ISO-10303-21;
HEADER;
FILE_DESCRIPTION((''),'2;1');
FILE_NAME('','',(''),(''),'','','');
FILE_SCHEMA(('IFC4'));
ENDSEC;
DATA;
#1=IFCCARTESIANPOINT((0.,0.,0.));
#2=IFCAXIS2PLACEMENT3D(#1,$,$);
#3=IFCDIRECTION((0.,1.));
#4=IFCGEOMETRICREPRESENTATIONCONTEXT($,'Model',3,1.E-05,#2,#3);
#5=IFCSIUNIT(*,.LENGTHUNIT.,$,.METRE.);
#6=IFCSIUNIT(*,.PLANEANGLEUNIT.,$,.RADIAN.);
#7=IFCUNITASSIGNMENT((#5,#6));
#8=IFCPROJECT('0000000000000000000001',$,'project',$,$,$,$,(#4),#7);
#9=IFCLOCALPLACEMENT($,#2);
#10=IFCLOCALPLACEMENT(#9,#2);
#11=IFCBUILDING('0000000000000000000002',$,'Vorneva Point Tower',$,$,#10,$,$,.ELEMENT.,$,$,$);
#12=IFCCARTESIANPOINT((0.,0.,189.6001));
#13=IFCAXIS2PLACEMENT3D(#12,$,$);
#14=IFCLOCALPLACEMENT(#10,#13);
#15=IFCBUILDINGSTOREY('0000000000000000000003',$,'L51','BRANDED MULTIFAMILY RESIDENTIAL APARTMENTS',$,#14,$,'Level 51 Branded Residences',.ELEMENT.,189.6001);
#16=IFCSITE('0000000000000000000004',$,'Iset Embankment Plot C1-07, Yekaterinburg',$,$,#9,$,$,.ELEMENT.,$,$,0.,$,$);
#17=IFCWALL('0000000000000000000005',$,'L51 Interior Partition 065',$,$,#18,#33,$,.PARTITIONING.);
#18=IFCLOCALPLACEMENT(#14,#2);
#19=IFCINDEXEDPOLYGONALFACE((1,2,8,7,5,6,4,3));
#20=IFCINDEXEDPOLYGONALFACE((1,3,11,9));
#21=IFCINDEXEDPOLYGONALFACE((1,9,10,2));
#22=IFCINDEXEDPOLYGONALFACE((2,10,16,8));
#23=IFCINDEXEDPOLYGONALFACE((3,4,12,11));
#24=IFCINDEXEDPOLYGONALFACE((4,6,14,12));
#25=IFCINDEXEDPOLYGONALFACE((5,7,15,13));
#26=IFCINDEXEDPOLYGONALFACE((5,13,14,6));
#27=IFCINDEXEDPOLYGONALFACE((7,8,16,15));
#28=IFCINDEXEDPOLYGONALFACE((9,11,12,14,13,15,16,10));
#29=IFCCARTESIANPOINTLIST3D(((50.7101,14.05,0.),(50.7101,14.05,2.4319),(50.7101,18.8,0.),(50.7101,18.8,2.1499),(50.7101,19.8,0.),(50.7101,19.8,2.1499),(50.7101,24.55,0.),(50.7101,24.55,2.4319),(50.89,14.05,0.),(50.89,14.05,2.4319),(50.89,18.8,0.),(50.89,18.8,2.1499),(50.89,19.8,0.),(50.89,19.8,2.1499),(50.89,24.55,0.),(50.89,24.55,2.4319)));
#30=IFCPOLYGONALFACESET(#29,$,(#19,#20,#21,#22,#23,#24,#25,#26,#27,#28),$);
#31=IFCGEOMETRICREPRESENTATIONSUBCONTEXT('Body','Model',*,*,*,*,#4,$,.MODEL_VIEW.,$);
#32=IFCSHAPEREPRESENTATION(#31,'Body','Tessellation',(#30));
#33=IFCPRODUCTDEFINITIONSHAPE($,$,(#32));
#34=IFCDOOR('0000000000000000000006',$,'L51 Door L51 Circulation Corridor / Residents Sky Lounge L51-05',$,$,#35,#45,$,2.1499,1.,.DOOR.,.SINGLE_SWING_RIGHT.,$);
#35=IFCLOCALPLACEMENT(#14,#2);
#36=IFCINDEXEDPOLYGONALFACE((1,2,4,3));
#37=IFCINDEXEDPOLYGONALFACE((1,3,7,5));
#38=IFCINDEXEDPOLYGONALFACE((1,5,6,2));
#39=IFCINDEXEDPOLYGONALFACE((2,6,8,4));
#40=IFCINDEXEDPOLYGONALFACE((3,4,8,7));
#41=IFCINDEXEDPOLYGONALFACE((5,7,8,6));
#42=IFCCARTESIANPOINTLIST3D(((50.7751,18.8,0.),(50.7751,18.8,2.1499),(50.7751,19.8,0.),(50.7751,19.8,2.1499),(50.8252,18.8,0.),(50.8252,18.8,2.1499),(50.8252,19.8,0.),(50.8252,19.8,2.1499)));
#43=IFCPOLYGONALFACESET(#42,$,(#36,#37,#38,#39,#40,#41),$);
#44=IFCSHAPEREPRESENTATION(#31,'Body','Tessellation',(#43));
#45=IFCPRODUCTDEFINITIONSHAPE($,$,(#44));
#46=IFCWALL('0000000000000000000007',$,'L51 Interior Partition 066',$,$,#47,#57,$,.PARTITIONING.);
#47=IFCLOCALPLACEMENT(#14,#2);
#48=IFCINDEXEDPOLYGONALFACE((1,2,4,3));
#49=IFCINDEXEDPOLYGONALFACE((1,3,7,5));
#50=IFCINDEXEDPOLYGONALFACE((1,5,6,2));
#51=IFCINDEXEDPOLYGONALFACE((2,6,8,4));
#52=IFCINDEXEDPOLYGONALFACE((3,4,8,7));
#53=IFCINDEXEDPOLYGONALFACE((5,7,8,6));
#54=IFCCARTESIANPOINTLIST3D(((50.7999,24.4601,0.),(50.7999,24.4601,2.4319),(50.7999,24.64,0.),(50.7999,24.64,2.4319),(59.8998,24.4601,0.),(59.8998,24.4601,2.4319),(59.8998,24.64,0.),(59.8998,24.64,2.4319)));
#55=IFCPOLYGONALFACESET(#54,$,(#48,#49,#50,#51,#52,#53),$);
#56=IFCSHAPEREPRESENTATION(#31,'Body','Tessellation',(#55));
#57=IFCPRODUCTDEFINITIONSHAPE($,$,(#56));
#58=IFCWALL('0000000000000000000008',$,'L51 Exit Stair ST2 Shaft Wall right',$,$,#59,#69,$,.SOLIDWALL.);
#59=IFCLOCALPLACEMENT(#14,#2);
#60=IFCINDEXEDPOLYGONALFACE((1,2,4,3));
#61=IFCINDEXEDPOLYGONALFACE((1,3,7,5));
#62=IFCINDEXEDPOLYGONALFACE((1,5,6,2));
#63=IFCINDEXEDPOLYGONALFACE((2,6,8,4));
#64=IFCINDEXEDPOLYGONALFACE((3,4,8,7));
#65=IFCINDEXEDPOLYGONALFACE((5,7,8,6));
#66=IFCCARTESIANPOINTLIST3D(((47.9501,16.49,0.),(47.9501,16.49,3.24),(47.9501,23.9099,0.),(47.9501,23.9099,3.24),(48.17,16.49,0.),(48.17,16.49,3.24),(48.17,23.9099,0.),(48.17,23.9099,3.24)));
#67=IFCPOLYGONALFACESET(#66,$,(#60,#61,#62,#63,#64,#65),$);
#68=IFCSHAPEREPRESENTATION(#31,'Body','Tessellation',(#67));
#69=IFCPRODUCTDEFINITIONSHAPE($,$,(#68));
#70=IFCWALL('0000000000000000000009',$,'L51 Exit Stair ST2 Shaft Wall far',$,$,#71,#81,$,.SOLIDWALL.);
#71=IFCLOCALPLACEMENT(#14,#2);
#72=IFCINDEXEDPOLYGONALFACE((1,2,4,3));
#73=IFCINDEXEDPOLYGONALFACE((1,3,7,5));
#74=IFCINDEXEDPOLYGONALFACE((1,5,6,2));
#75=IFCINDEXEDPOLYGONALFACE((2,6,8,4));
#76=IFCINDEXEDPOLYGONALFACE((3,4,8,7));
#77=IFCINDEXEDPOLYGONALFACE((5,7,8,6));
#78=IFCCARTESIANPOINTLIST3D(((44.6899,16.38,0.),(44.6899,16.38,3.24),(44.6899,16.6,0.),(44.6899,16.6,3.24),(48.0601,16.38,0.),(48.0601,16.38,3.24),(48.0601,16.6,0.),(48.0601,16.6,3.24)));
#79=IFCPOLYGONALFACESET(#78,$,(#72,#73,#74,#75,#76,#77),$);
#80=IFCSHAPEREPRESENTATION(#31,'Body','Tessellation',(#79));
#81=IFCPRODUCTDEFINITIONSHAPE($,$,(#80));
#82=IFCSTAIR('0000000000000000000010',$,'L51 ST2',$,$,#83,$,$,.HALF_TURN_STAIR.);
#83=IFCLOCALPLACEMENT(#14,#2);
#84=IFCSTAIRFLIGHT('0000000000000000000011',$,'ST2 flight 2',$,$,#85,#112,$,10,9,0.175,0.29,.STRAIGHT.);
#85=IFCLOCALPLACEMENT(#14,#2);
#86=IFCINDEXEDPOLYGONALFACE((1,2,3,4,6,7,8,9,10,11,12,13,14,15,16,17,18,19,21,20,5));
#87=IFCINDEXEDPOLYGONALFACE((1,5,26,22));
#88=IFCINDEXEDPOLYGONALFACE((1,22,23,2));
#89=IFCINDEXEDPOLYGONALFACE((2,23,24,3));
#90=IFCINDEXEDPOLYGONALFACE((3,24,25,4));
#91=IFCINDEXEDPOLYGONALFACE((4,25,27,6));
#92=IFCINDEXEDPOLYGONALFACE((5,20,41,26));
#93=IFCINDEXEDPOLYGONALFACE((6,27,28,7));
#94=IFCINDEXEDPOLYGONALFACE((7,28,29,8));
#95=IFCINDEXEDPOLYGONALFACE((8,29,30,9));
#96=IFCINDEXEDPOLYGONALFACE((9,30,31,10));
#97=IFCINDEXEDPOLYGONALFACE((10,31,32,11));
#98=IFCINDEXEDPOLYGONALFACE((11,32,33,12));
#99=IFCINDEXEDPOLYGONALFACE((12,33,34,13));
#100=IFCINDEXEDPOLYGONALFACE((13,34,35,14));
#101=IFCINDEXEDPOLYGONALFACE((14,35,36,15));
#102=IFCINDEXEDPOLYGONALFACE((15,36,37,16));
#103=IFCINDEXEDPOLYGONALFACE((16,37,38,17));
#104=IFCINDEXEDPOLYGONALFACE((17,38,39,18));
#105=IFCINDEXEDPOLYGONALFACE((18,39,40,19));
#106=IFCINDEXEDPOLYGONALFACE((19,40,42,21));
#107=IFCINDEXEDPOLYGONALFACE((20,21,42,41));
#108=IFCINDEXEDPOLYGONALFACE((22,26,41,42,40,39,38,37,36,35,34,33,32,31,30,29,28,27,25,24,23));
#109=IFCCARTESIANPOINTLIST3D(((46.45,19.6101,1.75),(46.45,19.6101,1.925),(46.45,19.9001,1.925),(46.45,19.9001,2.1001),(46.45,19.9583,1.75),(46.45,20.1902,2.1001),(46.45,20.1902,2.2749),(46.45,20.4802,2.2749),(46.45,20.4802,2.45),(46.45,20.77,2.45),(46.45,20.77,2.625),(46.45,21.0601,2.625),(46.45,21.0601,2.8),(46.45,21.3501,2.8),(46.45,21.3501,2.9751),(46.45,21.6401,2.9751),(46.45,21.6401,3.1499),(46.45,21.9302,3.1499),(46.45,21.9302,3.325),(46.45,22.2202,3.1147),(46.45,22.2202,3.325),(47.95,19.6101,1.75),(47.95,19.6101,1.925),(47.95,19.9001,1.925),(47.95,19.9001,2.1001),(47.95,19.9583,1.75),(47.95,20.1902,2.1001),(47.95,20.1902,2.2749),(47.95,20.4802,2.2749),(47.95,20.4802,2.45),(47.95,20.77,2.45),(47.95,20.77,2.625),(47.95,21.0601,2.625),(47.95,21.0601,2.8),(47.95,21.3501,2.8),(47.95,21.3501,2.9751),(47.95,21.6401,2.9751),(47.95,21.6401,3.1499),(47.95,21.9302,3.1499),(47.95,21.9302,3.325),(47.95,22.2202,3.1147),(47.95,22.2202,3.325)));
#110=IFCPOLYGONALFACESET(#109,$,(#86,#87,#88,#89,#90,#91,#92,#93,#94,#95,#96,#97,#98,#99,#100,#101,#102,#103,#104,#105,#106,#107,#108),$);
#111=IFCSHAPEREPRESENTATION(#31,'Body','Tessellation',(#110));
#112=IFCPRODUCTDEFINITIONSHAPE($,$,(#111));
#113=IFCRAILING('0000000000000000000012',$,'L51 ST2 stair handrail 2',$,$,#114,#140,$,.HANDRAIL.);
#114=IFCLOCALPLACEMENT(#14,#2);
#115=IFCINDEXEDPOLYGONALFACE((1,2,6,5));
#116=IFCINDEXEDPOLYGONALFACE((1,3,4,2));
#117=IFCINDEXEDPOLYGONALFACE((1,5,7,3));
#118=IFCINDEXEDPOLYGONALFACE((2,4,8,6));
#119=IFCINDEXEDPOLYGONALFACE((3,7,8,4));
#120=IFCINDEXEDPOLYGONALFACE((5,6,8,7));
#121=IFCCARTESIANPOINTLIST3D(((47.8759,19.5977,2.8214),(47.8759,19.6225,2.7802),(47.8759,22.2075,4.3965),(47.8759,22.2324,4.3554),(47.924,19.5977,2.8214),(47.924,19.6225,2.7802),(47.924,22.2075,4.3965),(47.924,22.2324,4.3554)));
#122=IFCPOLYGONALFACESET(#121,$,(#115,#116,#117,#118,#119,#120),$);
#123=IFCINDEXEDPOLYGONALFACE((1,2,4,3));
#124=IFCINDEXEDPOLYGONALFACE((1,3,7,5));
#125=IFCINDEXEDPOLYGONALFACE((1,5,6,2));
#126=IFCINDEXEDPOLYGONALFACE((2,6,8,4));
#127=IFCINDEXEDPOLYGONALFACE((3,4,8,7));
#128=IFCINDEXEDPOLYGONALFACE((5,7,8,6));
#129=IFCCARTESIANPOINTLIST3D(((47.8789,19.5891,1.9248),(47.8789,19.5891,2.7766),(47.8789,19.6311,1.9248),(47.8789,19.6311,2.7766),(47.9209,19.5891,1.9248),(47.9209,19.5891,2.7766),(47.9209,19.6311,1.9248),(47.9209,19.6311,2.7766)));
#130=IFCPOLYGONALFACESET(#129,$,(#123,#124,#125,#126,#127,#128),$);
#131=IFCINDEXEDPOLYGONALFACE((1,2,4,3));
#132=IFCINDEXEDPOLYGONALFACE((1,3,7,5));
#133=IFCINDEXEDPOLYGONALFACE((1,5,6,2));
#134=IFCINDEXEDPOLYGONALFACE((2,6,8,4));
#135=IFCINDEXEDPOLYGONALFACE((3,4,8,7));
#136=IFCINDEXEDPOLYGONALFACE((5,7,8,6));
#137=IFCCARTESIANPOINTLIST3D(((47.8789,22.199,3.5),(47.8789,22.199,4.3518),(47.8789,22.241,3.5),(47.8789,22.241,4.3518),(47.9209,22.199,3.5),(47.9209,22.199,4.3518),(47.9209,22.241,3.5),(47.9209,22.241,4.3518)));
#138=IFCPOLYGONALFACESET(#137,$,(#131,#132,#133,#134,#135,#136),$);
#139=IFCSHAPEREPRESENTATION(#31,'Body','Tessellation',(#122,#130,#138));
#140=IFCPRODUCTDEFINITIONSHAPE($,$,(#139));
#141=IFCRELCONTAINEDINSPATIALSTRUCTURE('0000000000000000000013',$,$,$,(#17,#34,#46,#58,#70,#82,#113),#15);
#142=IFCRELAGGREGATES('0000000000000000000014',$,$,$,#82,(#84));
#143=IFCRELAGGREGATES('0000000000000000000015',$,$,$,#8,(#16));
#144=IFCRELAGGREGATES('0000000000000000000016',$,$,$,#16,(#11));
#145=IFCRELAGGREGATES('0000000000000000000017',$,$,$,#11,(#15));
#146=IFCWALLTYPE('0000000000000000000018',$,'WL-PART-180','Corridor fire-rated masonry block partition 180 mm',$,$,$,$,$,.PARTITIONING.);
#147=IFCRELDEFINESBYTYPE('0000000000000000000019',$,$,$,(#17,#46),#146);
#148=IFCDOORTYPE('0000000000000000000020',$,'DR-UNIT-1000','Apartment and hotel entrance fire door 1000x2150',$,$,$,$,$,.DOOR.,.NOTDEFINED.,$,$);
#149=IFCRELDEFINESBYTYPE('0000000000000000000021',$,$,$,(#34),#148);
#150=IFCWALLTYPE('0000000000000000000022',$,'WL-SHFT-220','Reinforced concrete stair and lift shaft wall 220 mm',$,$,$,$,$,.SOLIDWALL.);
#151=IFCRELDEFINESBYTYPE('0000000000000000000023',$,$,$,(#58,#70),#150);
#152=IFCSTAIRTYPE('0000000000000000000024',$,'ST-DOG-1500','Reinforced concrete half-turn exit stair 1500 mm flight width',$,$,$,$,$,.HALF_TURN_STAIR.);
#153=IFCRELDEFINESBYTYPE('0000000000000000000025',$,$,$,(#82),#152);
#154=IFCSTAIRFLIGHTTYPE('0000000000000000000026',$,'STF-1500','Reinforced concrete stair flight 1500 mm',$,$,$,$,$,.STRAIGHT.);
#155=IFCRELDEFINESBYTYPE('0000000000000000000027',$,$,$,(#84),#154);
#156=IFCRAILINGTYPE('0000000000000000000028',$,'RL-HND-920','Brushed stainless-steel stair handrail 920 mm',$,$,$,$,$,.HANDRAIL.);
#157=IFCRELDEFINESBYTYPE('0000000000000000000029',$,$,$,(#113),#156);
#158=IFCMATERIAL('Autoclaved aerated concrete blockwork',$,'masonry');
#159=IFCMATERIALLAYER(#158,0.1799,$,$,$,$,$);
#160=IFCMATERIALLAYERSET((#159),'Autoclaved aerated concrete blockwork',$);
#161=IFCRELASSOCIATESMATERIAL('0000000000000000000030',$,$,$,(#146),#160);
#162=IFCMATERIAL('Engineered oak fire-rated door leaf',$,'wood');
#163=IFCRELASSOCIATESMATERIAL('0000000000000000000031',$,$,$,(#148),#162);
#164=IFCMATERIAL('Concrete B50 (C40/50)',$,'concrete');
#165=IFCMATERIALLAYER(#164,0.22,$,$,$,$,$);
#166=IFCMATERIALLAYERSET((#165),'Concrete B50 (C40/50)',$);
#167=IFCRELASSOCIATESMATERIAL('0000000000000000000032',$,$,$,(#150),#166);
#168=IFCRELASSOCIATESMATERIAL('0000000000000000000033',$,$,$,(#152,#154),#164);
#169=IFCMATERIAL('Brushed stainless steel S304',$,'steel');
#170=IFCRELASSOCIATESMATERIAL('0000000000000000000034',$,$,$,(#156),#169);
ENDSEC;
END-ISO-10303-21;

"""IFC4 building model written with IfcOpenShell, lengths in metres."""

from ifc_helpers import new_model, si_unit, direction, frame, frame_2d, origin, origin_2d, place, context, subcontext, project, spatial, polyline, rectangle, outline, extrude, material, layer, layer_set, type_object, element, fill, aggregate, save


model = new_model("IFC4")

# Units and contexts
model_context = context("Model", 3, precision=1e-05, world=origin(), true_north=direction((0.0, 1.0)))
body_context = subcontext(model_context, "Body", "Model", "MODEL_VIEW")
ifc_project = project(units=[si_unit("LENGTHUNIT", "METRE"), si_unit("PLANEANGLEUNIT", "RADIAN")], contexts=[model_context])

# Site, building, storey
site_placement = place(None, origin())
site = spatial("IfcSite", under=ifc_project, at=site_placement, Name="Iset Embankment Plot C1-07, Yekaterinburg", CompositionType="ELEMENT", RefElevation=0.0)
building_placement = place(site_placement, origin())
building = spatial("IfcBuilding", under=site, at=building_placement, Name="Vorneva Point Tower", CompositionType="ELEMENT")
storey_placement = place(building_placement, frame((0.0, 0.0, 189.6001)))
storey = spatial("IfcBuildingStorey", under=building, at=storey_placement, Name="L51", Description="BRANDED MULTIFAMILY RESIDENTIAL APARTMENTS", LongName="Level 51 Branded Residences", CompositionType="ELEMENT", Elevation=189.6001)

# Shared definitions
ifc_material_1 = material(Name="Concrete B50 (C40/50)", Category="concrete")

# Shared definitions
ifc_material_2 = material(Name="Engineered oak fire-rated door leaf", Category="wood")

# Shared definitions
ifc_material_3 = material(Name="Autoclaved aerated concrete blockwork", Category="masonry")
ifc_layer_1 = layer(ifc_material_3, 0.1799)
ifc_layer_set_1 = layer_set([ifc_layer_1], Name="Autoclaved aerated concrete blockwork")
wall_type_1 = type_object("IfcWallType", Name="WL-PART-180", Description="Corridor fire-rated masonry block partition 180 mm", PredefinedType="PARTITIONING", material=ifc_layer_set_1)

# Wall, opening, door
wall_1_placement = place(storey_placement, frame((50.8, 14.05, 0.0), z_axis=(0.0, 0.0, 1.0), x_axis=(0.0, 1.0, 0.0)))
wall_1 = element("IfcWall", 1, at=wall_1_placement, inside=storey, type_object=wall_type_1, Name="L51 Interior Partition 065", PredefinedType="PARTITIONING", context=body_context, shape_type="SweptSolid", body=[
    extrude(rectangle(XDim=10.5, YDim=0.1799, at=frame_2d((5.25, 0.0))), origin(), (0.0, 0.0, 1.0), 2.4319),
])
opening_1_placement = place(wall_1_placement, frame((4.75, 0.0, 0.0)))
opening_1 = element("IfcOpeningElement", 2, at=opening_1_placement, cuts=wall_1, PredefinedType="OPENING", context=body_context, shape_type="SweptSolid", body=[
    extrude(rectangle(XDim=1.0, YDim=2.1499, at=frame_2d((0.5, 1.075))), frame((0.0, 0.105, 0.0), z_axis=(0.0, -1.0, 0.0), x_axis=(1.0, 0.0, 0.0)), (0.0, 0.0, 1.0), 0.2097),
])
door_type_1 = type_object("IfcDoorType", Name="DR-UNIT-1000", Description="Apartment and hotel entrance fire door 1000x2150", OperationType="NOTDEFINED", PredefinedType="DOOR", material=ifc_material_2)
door_1_placement = place(opening_1_placement, origin())
door_1 = element("IfcDoor", 3, at=door_1_placement, inside=storey, type_object=door_type_1, Name="L51 Door L51 Circulation Corridor / Residents Sky Lounge L51-05", OperationType="SINGLE_SWING_RIGHT", OverallHeight=2.1499, OverallWidth=1.0, PredefinedType="DOOR", context=body_context, shape_type="SweptSolid", body=[
    extrude(rectangle(XDim=1.0, YDim=2.1499, at=frame_2d((0.5, 1.075))), frame((0.0, 0.0249, 0.0), z_axis=(0.0, -1.0, 0.0), x_axis=(1.0, 0.0, 0.0)), (0.0, 0.0, 1.0), 0.05),
])
fill(opening_1, door_1)

# Walls
wall_2_placement = place(storey_placement, frame((50.8, 24.55, 0.0), z_axis=(0.0, 0.0, 1.0), x_axis=(1.0, 0.0, 0.0)))
element("IfcWall", 4, at=wall_2_placement, inside=storey, type_object=wall_type_1, Name="L51 Interior Partition 066", PredefinedType="PARTITIONING", context=body_context, shape_type="SweptSolid", body=[
    extrude(rectangle(XDim=9.0999, YDim=0.1799, at=frame_2d((4.5498, 0.0))), origin(), (0.0, 0.0, 1.0), 2.4319),
])
ifc_layer_2 = layer(ifc_material_1, 0.22)
ifc_layer_set_2 = layer_set([ifc_layer_2], Name="Concrete B50 (C40/50)")
wall_type_2 = type_object("IfcWallType", Name="WL-SHFT-220", Description="Reinforced concrete stair and lift shaft wall 220 mm", PredefinedType="SOLIDWALL", material=ifc_layer_set_2)
wall_3_placement = place(storey_placement, frame((48.0601, 23.9099, 0.0), z_axis=(0.0, 0.0, 1.0), x_axis=(0.0, -1.0, 0.0)))
element("IfcWall", 5, at=wall_3_placement, inside=storey, type_object=wall_type_2, Name="L51 Exit Stair ST2 Shaft Wall right", PredefinedType="SOLIDWALL", context=body_context, shape_type="SweptSolid", body=[
    extrude(rectangle(XDim=7.4199, YDim=0.22, at=frame_2d((3.71, 0.0))), origin(), (0.0, 0.0, 1.0), 3.24),
])
wall_4_placement = place(storey_placement, frame((48.0601, 16.49, 0.0), z_axis=(0.0, 0.0, 1.0), x_axis=(-1.0, 0.0, 0.0)))
element("IfcWall", 6, at=wall_4_placement, inside=storey, type_object=wall_type_2, Name="L51 Exit Stair ST2 Shaft Wall far", PredefinedType="SOLIDWALL", context=body_context, shape_type="SweptSolid", body=[
    extrude(rectangle(XDim=3.3701, YDim=0.22, at=frame_2d((1.6851, 0.0))), origin(), (0.0, 0.0, 1.0), 3.24),
])

# Stair, stair flight
stair_type = type_object("IfcStairType", Name="ST-DOG-1500", Description="Reinforced concrete half-turn exit stair 1500 mm flight width", PredefinedType="HALF_TURN_STAIR", material=ifc_material_1)
stair_placement = place(storey_placement, origin())
stair = element("IfcStair", 7, at=stair_placement, inside=storey, type_object=stair_type, Name="L51 ST2", PredefinedType="HALF_TURN_STAIR")
stair_flight_type = type_object("IfcStairFlightType", Name="STF-1500", Description="Reinforced concrete stair flight 1500 mm", PredefinedType="STRAIGHT", material=ifc_material_1)
stair_flight_placement = place(storey_placement, frame((47.2, 19.6101, 1.75), z_axis=(0.0, 0.0, 1.0), x_axis=(0.0, 1.0, 0.0)))
stair_flight = element("IfcStairFlight", 8, at=stair_flight_placement, type_object=stair_flight_type, Name="ST2 flight 2", NumberOfRisers=10, NumberOfTreads=9, PredefinedType="STRAIGHT", RiserHeight=0.175, TreadLength=0.29, context=body_context, shape_type="SweptSolid", body=[
    extrude(outline(polyline([(0.0, 0.0), (0.0, 0.175), (0.29, 0.175), (0.29, 0.3501), (0.5801, 0.3501), (0.5801, 0.5249), (0.8701, 0.5249), (0.8701, 0.7), (1.1599, 0.7), (1.1599, 0.875), (1.45, 0.875), (1.45, 1.05), (1.74, 1.05), (1.74, 1.2251), (2.03, 1.2251), (2.03, 1.3999), (2.3201, 1.3999), (2.3201, 1.575), (2.6101, 1.575), (2.6101, 1.75), (2.6101, 1.3647), (0.3481, 0.0), (0.0, 0.0)])), frame((0.0, 0.75, 0.0), z_axis=(0.0, -1.0, 0.0), x_axis=(1.0, 0.0, 0.0)), (0.0, 0.0, 1.0), 1.5),
])
aggregate(stair, [stair_flight])

# Railing
ifc_material_4 = material(Name="Brushed stainless steel S304", Category="steel")
railing_type = type_object("IfcRailingType", Name="RL-HND-920", Description="Brushed stainless-steel stair handrail 920 mm", PredefinedType="HANDRAIL", material=ifc_material_4)
railing_placement = place(storey_placement, frame((47.8999, 19.6101, 1.9248)))
element("IfcRailing", 9, at=railing_placement, inside=storey, type_object=railing_type, Name="L51 ST2 stair handrail 2", PredefinedType="HANDRAIL", context=body_context, shape_type="SweptSolid", body=[
    extrude(rectangle(XDim=0.0481, YDim=0.0481, at=origin_2d()), frame((0.0, 0.0, 0.876), z_axis=(0.0, 0.856147, 0.516732), x_axis=(-1.0, 0.0, 0.0)), (0.0, 0.0, 1.0), 3.0483),
    extrude(rectangle(XDim=0.042, YDim=0.042, at=origin_2d()), origin(), (0.0, 0.0, 1.0), 0.8518),
    extrude(rectangle(XDim=0.042, YDim=0.042, at=origin_2d()), frame((0.0, 2.6099, 1.5752)), (0.0, 0.0, 1.0), 0.8518),
])

save(model, "model.ifc")
